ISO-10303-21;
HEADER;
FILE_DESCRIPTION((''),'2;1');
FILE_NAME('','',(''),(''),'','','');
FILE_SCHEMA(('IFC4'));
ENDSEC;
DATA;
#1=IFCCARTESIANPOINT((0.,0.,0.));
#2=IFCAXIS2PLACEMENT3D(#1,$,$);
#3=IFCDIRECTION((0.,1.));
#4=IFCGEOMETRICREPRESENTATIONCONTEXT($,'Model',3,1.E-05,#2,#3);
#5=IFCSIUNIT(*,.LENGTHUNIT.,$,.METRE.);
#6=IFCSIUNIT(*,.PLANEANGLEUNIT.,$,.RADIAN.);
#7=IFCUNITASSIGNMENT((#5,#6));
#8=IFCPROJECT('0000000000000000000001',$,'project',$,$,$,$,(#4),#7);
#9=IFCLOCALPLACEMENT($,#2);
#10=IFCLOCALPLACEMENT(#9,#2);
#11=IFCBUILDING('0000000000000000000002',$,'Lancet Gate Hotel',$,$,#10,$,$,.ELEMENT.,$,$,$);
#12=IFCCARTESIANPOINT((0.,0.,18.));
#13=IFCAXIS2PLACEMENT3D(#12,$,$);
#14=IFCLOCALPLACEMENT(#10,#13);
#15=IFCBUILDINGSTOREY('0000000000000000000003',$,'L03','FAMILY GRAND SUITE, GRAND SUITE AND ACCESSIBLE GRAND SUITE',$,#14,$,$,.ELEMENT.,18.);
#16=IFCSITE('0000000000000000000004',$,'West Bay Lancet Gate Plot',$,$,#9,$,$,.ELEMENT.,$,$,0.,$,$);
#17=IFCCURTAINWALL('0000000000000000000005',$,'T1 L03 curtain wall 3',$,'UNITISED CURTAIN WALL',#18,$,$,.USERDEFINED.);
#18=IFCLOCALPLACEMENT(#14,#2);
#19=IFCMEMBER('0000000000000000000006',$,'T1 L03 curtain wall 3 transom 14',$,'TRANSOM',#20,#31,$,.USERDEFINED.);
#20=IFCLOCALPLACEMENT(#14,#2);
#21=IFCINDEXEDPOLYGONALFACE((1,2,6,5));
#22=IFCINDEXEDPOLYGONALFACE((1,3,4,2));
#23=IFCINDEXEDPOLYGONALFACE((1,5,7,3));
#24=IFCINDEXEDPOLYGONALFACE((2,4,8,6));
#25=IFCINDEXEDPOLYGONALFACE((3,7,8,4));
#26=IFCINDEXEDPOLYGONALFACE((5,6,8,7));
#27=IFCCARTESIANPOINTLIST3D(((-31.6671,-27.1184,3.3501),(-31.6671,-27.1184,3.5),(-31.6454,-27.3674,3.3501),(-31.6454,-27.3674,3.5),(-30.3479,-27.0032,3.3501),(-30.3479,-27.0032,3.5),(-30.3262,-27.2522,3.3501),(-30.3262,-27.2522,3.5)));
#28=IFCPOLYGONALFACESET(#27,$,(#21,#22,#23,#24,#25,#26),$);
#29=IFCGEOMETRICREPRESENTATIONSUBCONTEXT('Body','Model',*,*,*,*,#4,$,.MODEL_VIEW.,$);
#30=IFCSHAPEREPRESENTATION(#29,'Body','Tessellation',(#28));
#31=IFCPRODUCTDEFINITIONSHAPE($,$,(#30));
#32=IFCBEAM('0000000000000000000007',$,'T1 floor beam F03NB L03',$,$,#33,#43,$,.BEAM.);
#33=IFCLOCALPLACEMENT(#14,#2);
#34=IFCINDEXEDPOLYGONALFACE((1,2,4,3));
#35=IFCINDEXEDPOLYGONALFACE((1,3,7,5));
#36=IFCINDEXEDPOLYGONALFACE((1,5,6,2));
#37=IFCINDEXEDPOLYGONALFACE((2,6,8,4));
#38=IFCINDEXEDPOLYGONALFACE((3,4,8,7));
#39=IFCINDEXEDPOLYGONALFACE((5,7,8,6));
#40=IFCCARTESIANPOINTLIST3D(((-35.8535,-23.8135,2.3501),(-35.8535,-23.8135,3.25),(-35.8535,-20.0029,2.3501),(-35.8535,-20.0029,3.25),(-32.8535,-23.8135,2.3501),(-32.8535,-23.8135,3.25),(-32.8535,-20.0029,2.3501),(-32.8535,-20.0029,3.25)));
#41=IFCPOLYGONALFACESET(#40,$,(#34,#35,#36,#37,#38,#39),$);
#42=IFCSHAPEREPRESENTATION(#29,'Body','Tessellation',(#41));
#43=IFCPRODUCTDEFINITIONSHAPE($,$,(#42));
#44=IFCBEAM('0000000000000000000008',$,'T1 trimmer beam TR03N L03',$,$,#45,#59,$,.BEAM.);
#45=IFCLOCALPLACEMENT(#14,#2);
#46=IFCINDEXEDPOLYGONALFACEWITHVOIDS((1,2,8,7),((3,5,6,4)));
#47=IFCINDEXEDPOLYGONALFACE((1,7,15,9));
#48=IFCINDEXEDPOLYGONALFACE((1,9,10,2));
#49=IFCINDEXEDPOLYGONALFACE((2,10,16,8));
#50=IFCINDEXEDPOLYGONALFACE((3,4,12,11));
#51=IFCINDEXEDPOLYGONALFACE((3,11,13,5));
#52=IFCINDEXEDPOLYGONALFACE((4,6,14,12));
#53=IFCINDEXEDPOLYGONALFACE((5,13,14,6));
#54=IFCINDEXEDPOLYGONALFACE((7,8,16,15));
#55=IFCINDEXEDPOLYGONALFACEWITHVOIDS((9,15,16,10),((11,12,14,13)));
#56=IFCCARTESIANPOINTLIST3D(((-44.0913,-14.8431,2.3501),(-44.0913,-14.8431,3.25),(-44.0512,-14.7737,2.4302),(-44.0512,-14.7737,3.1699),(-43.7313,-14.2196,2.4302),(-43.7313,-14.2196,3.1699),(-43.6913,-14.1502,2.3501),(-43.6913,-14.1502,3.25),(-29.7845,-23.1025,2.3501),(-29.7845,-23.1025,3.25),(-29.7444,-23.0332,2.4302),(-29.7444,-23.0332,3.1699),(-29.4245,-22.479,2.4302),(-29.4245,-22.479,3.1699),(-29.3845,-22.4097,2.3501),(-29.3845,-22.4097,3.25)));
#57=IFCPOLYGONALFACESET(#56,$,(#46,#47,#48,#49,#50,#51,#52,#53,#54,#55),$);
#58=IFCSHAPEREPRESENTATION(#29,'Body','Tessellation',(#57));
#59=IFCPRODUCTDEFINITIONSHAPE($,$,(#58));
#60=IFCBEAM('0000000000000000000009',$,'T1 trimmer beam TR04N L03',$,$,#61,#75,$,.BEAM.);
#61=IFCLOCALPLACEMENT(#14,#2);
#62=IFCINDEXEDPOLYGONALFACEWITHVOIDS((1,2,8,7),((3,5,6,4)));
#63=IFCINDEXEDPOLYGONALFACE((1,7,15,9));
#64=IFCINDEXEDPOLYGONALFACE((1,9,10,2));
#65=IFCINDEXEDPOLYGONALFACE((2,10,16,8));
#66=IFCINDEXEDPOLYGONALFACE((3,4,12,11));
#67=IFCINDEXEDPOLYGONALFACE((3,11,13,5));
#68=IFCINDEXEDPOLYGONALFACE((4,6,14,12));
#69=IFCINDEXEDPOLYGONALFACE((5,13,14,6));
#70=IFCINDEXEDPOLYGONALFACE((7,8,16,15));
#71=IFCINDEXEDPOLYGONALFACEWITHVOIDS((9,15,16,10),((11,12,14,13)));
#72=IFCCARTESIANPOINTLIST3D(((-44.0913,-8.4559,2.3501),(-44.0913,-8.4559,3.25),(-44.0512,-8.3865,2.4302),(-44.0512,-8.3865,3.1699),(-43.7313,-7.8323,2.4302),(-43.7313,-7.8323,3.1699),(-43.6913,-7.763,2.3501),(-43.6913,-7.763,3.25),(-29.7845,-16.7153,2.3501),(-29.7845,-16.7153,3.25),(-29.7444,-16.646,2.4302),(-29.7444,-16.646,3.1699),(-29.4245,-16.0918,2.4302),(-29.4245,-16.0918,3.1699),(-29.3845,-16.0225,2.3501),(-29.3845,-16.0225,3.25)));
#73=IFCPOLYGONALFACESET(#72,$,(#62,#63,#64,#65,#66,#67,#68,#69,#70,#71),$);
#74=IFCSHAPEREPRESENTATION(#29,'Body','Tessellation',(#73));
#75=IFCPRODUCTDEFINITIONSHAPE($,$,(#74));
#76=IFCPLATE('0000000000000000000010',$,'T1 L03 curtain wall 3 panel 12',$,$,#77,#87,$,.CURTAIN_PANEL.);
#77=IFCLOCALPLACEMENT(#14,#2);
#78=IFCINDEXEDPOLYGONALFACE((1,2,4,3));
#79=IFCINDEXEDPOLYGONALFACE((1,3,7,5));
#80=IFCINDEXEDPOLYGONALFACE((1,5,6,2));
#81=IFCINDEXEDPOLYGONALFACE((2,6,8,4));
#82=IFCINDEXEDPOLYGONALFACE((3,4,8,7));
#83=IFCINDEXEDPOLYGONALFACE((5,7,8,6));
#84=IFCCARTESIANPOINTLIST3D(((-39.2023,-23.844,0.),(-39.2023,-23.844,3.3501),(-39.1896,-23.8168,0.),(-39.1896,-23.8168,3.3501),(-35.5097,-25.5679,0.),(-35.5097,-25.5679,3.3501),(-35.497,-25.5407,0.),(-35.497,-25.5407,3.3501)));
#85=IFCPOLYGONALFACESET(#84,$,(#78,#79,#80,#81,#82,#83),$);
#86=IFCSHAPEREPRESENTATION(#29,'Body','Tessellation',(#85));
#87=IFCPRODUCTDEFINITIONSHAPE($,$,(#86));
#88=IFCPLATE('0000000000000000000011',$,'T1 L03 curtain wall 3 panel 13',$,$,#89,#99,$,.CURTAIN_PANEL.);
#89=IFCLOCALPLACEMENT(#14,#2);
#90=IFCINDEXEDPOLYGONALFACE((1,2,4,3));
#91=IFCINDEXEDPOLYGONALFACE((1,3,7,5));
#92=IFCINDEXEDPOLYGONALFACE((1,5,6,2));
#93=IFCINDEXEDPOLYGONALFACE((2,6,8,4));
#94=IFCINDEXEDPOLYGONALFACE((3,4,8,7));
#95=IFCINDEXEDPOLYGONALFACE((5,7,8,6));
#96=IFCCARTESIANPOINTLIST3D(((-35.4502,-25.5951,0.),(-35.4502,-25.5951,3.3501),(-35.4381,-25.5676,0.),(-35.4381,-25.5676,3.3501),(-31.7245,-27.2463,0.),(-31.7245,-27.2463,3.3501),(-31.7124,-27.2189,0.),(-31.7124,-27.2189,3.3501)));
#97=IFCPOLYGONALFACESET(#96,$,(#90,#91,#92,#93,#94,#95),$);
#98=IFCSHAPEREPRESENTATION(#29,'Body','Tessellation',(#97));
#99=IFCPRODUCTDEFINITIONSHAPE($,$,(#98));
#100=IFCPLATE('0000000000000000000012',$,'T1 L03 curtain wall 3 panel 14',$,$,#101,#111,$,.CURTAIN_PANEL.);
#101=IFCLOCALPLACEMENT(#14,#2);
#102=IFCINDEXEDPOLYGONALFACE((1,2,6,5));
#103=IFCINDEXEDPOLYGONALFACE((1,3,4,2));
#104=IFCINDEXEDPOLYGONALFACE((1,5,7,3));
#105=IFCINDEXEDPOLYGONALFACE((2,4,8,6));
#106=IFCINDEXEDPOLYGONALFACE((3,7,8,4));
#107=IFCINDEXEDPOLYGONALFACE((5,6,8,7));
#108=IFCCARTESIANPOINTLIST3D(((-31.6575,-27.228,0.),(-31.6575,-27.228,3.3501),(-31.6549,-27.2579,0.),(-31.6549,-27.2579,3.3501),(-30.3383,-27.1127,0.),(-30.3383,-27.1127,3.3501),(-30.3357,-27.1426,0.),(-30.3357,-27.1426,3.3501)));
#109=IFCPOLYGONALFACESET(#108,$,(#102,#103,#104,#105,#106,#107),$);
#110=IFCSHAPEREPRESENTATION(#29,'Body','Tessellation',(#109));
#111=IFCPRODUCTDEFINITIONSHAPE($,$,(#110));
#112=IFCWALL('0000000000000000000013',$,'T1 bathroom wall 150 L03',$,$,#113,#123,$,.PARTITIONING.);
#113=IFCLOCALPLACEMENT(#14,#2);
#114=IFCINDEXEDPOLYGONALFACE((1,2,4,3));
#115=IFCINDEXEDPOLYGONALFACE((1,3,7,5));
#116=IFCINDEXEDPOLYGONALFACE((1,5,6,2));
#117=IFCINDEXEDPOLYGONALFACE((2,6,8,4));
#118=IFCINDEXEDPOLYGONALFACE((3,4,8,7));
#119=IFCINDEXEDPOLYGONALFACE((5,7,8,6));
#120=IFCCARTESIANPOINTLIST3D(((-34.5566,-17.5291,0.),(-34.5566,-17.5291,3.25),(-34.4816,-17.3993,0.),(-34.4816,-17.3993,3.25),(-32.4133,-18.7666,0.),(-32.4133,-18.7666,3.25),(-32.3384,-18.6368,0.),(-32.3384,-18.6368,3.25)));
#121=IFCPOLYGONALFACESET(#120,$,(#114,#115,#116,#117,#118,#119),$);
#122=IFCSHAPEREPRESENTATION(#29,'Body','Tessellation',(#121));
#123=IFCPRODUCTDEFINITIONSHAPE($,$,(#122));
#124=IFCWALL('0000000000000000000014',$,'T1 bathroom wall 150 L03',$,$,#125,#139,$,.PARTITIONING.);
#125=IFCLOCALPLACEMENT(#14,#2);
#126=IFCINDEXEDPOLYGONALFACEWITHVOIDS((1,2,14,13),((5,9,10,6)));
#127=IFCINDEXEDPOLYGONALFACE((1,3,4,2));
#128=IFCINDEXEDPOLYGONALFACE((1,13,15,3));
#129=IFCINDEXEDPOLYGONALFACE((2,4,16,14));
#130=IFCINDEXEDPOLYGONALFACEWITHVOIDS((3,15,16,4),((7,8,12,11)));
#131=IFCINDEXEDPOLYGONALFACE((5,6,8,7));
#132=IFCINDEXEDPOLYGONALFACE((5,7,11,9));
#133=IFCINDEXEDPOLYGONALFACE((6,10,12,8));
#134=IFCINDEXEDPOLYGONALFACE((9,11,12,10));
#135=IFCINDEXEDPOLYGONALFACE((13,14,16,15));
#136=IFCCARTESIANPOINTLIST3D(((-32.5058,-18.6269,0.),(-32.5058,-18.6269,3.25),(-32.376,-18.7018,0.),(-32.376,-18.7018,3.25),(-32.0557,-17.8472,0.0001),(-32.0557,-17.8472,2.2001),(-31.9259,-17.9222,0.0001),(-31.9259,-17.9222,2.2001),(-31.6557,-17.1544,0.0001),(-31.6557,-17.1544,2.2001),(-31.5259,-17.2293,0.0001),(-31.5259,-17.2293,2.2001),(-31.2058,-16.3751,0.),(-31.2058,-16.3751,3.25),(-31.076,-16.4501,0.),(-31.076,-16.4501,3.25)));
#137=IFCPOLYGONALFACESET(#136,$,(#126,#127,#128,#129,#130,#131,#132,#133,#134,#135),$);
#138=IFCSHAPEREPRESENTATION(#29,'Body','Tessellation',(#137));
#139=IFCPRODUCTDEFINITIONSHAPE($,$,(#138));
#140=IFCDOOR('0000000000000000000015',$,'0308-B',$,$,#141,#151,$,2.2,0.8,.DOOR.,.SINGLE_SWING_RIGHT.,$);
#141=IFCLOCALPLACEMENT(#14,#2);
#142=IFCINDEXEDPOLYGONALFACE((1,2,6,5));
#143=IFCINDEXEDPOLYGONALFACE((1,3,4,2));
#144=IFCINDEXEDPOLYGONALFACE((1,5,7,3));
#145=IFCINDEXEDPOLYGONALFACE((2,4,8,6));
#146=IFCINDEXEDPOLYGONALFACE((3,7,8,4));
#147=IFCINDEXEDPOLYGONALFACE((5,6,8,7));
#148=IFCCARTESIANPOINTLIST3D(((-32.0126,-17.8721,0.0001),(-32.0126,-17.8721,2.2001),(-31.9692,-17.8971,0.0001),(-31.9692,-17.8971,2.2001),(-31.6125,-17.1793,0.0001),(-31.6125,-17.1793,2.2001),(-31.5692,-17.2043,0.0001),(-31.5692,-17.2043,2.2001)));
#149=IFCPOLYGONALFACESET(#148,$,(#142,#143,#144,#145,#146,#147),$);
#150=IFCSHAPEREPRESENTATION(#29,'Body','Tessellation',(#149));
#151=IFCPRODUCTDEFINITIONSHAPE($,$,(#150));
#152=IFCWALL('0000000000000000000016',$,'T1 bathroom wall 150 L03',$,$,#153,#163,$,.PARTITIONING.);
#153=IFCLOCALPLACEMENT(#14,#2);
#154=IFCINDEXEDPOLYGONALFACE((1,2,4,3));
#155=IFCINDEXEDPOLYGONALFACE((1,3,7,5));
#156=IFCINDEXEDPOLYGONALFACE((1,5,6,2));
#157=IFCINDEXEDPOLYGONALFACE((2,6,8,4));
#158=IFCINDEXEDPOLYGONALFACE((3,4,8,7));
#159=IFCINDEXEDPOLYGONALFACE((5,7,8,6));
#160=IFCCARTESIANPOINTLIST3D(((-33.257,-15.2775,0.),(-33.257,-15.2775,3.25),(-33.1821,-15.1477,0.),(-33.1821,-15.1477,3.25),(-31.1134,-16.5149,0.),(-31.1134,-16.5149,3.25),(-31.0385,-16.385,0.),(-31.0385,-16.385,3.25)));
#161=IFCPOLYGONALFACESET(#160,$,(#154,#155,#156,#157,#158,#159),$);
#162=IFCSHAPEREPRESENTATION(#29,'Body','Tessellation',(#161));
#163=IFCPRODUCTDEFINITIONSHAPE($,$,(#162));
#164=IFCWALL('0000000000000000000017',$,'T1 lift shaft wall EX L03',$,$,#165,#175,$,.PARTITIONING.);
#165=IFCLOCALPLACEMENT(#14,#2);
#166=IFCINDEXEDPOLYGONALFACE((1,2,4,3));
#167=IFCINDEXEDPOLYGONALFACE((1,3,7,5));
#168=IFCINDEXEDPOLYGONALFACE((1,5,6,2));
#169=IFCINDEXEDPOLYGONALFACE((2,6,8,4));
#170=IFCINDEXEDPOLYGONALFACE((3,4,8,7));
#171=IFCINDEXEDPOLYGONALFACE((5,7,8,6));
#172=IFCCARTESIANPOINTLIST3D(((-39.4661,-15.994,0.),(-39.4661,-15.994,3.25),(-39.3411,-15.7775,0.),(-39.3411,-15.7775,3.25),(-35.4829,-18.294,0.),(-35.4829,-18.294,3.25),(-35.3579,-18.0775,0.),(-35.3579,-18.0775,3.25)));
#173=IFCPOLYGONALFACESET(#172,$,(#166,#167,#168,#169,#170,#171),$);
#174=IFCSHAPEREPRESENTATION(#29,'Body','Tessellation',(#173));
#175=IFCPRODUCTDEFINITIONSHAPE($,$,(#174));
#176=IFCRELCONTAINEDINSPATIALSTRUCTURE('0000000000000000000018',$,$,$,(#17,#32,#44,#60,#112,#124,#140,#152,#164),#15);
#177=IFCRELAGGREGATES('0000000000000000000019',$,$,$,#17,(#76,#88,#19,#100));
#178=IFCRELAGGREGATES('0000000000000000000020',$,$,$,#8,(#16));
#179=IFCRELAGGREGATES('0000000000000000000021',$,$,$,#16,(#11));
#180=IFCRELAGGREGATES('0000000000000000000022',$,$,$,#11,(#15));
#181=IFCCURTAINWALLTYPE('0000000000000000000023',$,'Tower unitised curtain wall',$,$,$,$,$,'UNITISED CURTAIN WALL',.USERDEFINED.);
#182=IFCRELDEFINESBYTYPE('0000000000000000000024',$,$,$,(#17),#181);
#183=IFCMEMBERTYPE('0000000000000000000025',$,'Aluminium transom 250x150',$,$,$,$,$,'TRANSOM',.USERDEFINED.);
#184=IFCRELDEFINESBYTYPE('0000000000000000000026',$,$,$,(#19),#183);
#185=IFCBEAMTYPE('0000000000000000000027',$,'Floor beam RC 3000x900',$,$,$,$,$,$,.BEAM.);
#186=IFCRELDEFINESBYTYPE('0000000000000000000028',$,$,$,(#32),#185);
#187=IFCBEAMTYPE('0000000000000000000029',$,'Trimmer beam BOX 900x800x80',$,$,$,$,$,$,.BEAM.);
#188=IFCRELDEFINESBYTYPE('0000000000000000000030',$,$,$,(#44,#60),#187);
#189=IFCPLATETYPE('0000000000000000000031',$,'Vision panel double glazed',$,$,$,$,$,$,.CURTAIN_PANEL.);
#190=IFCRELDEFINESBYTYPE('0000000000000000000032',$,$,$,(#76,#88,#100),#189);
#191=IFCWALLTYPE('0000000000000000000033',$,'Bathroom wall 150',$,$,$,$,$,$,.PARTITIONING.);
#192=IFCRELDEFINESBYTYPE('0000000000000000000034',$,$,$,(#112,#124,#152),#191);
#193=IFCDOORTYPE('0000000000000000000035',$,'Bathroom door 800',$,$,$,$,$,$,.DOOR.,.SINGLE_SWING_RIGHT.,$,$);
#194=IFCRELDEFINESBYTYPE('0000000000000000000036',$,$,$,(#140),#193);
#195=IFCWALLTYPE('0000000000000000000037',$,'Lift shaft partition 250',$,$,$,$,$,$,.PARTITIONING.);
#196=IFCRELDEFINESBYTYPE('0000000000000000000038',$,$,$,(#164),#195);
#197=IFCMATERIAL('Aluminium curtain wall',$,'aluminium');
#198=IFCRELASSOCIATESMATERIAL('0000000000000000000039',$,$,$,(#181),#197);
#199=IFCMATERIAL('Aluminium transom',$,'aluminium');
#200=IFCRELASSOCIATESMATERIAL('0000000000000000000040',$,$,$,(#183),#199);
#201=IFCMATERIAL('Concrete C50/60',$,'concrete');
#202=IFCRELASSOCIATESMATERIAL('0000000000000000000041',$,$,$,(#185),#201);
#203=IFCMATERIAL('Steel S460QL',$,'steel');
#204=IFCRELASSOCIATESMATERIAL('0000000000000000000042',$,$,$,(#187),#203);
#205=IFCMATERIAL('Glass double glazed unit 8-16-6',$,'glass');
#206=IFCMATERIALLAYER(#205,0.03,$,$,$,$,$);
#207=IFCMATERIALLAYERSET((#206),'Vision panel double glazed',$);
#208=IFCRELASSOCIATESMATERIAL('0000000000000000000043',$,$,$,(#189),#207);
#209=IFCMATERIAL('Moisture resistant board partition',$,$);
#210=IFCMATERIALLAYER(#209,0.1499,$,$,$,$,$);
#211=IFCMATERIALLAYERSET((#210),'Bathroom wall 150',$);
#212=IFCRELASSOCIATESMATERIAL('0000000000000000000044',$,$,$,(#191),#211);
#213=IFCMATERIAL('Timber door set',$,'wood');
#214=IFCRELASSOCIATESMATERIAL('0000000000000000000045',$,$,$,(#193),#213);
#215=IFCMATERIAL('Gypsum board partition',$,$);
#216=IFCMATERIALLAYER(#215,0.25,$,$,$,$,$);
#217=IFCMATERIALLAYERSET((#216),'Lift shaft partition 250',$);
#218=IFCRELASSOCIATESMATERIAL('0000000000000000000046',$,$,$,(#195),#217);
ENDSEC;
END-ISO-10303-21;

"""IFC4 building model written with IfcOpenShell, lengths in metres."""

from ifc_helpers import new_model, si_unit, direction, frame, frame_2d, origin, origin_2d, place, context, subcontext, project, spatial, rectangle, hollow_rectangle, extrude, material, layer, layer_set, material_profile, profile_set, type_object, element, fill, aggregate, save


model = new_model("IFC4")

# Units and contexts
model_context = context("Model", 3, precision=1e-05, world=origin(), true_north=direction((0.0, 1.0)))
body_context = subcontext(model_context, "Body", "Model", "MODEL_VIEW")
ifc_project = project(units=[si_unit("LENGTHUNIT", "METRE"), si_unit("PLANEANGLEUNIT", "RADIAN")], contexts=[model_context])

# Site, building, storey
site_placement = place(None, origin())
site = spatial("IfcSite", under=ifc_project, at=site_placement, Name="West Bay Lancet Gate Plot", CompositionType="ELEMENT", RefElevation=0.0)
building_placement = place(site_placement, origin())
building = spatial("IfcBuilding", under=site, at=building_placement, Name="Lancet Gate Hotel", CompositionType="ELEMENT")
storey_placement = place(building_placement, frame((0.0, 0.0, 18.0)))
storey = spatial("IfcBuildingStorey", under=building, at=storey_placement, Name="L03", Description="FAMILY GRAND SUITE, GRAND SUITE AND ACCESSIBLE GRAND SUITE", CompositionType="ELEMENT", Elevation=18.0)

# Curtain wall, member
ifc_material_1 = material(Name="Aluminium curtain wall", Category="aluminium")
curtain_wall_type = type_object("IfcCurtainWallType", Name="Tower unitised curtain wall", ElementType="UNITISED CURTAIN WALL", PredefinedType="USERDEFINED", material=ifc_material_1)
curtain_wall_placement = place(storey_placement, origin())
curtain_wall = element("IfcCurtainWall", 1, at=curtain_wall_placement, inside=storey, type_object=curtain_wall_type, Name="T1 L03 curtain wall 3", ObjectType="UNITISED CURTAIN WALL", PredefinedType="USERDEFINED")
ifc_material_2 = material(Name="Aluminium transom", Category="aluminium")
ifc_material_profile_1 = material_profile(ifc_material_2, rectangle(XDim=0.25, YDim=0.1499, at=origin_2d()), Name="TRANSOM 250x150")
ifc_profile_set_1 = profile_set([ifc_material_profile_1], Name="Aluminium transom")
member_type_1 = type_object("IfcMemberType", Name="Aluminium transom 250x150", ElementType="TRANSOM", PredefinedType="USERDEFINED", material=ifc_profile_set_1)
member_1_placement = place(storey_placement, frame((-31.6562, -27.2429, 3.425), z_axis=(0.996206, 0.087027, 0.0), x_axis=(-0.087027, 0.996206, 0.0)))
member_1 = element("IfcMember", 2, at=member_1_placement, type_object=member_type_1, Name="T1 L03 curtain wall 3 transom 14", ObjectType="TRANSOM", PredefinedType="USERDEFINED", context=body_context, shape_type="SweptSolid", body=[
    extrude(rectangle(XDim=0.25, YDim=0.1499, at=origin_2d()), origin(), (0.0, 0.0, 1.0), 1.3242),
])

# Beams
ifc_material_3 = material(Name="Concrete C50/60", Category="concrete")
ifc_material_profile_2 = material_profile(ifc_material_3, rectangle(XDim=3.0, YDim=0.8999, at=origin_2d()), Name="RC 3000x900")
ifc_profile_set_2 = profile_set([ifc_material_profile_2], Name="Concrete C50/60")
beam_type_1 = type_object("IfcBeamType", Name="Floor beam RC 3000x900", PredefinedType="BEAM", material=ifc_profile_set_2)
beam_placement = place(storey_placement, frame((-34.3535, -20.0029, 2.8), z_axis=(0.0, -1.0, 0.0), x_axis=(1.0, 0.0, 0.0)))
element("IfcBeam", 3, at=beam_placement, inside=storey, type_object=beam_type_1, Name="T1 floor beam F03NB L03", PredefinedType="BEAM", context=body_context, shape_type="SweptSolid", body=[
    extrude(rectangle(XDim=3.0, YDim=0.8999, at=origin_2d()), origin(), (0.0, 0.0, 1.0), 3.8105),
])
ifc_material_4 = material(Name="Steel S460QL", Category="steel")
ifc_material_profile_3 = material_profile(ifc_material_4, hollow_rectangle(XDim=0.8, YDim=0.8999, WallThickness=0.0801, at=origin_2d()), Name="BOX 900x800x80")
ifc_profile_set_3 = profile_set([ifc_material_profile_3], Name="Steel S460QL")
beam_type_2 = type_object("IfcBeamType", Name="Trimmer beam BOX 900x800x80", PredefinedType="BEAM", material=ifc_profile_set_3)
for number, where, z_axis, x_axis, name in (
    (4, (-29.5845, -22.7561, 2.8), (-0.86604, 0.499974, 0.0), (-0.499974, -0.86604, 0.0), "T1 trimmer beam TR03N L03"),
    (5, (-29.5845, -16.3689, 2.8), (-0.86604, 0.499974, 0.0), (-0.499974, -0.86604, 0.0), "T1 trimmer beam TR04N L03"),
):
    element("IfcBeam", number, at=place(storey_placement, frame(where, z_axis=z_axis, x_axis=x_axis)), inside=storey, type_object=beam_type_2, Name=name, PredefinedType="BEAM", context=body_context, shape_type="SweptSolid", body=[
        extrude(hollow_rectangle(XDim=0.8, YDim=0.8999, WallThickness=0.0801, at=origin_2d()), origin(), (0.0, 0.0, 1.0), 16.5198),
    ])

# Plates
ifc_material_5 = material(Name="Glass double glazed unit 8-16-6", Category="glass")
ifc_layer_1 = layer(ifc_material_5, 0.03)
ifc_layer_set_1 = layer_set([ifc_layer_1], Name="Vision panel double glazed")
plate_type = type_object("IfcPlateType", Name="Vision panel double glazed", PredefinedType="CURTAIN_PANEL", material=ifc_layer_set_1)
plate_1_placement = place(storey_placement, frame((-37.3496, -24.6924, 0.0), z_axis=(0.0, 0.0, 1.0), x_axis=(0.906118, -0.423026, 0.0)))
plate_1 = element("IfcPlate", 6, at=plate_1_placement, type_object=plate_type, Name="T1 L03 curtain wall 3 panel 12", PredefinedType="CURTAIN_PANEL", context=body_context, shape_type="SweptSolid", body=[
    extrude(rectangle(XDim=4.0752, YDim=0.03, at=origin_2d()), origin(), (0.0, 0.0, 1.0), 3.3501),
])
plate_2_placement = place(storey_placement, frame((-33.5813, -26.407, 0.0), z_axis=(0.0, 0.0, 1.0), x_axis=(0.914234, -0.405186, 0.0)))
plate_2 = element("IfcPlate", 7, at=plate_2_placement, type_object=plate_type, Name="T1 L03 curtain wall 3 panel 13", PredefinedType="CURTAIN_PANEL", context=body_context, shape_type="SweptSolid", body=[
    extrude(rectangle(XDim=4.0752, YDim=0.03, at=origin_2d()), origin(), (0.0, 0.0, 1.0), 3.3501),
])
plate_3_placement = place(storey_placement, frame((-30.9966, -27.1853, 0.0), z_axis=(0.0, 0.0, 1.0), x_axis=(0.996204, 0.087052, 0.0)))
plate_3 = element("IfcPlate", 8, at=plate_3_placement, type_object=plate_type, Name="T1 L03 curtain wall 3 panel 14", PredefinedType="CURTAIN_PANEL", context=body_context, shape_type="SweptSolid", body=[
    extrude(rectangle(XDim=1.3242, YDim=0.03, at=origin_2d()), origin(), (0.0, 0.0, 1.0), 3.3501),
])
aggregate(curtain_wall, [plate_1, plate_2, member_1, plate_3])

# Wall
ifc_material_6 = material(Name="Moisture resistant board partition")
ifc_layer_2 = layer(ifc_material_6, 0.1499)
ifc_layer_set_2 = layer_set([ifc_layer_2], Name="Bathroom wall 150")
wall_type_1 = type_object("IfcWallType", Name="Bathroom wall 150", PredefinedType="PARTITIONING", material=ifc_layer_set_2)
wall_1_placement = place(storey_placement, frame((-32.376, -18.7017, 0.0), z_axis=(0.0, 0.0, 1.0), x_axis=(-0.866007, 0.500033, 0.0)))
element("IfcWall", 9, at=wall_1_placement, inside=storey, type_object=wall_type_1, Name="T1 bathroom wall 150 L03", PredefinedType="PARTITIONING", context=body_context, shape_type="SweptSolid", body=[
    extrude(rectangle(XDim=2.4749, YDim=0.1499, at=frame_2d((1.2373, 0.0))), origin(), (0.0, 0.0, 1.0), 3.25),
])

# Wall, opening, door
wall_2_placement = place(storey_placement, frame((-31.1409, -16.4126, 0.0), z_axis=(0.0, 0.0, 1.0), x_axis=(-0.500007, -0.866021, 0.0)))
wall_2 = element("IfcWall", 10, at=wall_2_placement, inside=storey, type_object=wall_type_1, Name="T1 bathroom wall 150 L03", PredefinedType="PARTITIONING", context=body_context, shape_type="SweptSolid", body=[
    extrude(rectangle(XDim=2.6001, YDim=0.1499, at=frame_2d((1.3, 0.0))), origin(), (0.0, 0.0, 1.0), 3.25),
])
opening_placement = place(wall_2_placement, frame((0.8999, 0.0, 0.0)))
opening = element("IfcOpeningElement", 11, at=opening_placement, cuts=wall_2, PredefinedType="OPENING", context=body_context, shape_type="SweptSolid", body=[
    extrude(rectangle(XDim=0.8, YDim=2.2, at=frame_2d((0.3999, 1.1001))), frame((0.0, 0.085, 0.0), z_axis=(0.0, -1.0, 0.0), x_axis=(1.0, 0.0, 0.0)), (0.0, 0.0, 1.0), 0.1699),
])
ifc_material_7 = material(Name="Timber door set", Category="wood")
door_type = type_object("IfcDoorType", Name="Bathroom door 800", OperationType="SINGLE_SWING_RIGHT", PredefinedType="DOOR", material=ifc_material_7)
door_placement = place(opening_placement, origin())
door = element("IfcDoor", 12, at=door_placement, inside=storey, type_object=door_type, Name="0308-B", OperationType="SINGLE_SWING_RIGHT", OverallHeight=2.2, OverallWidth=0.8, PredefinedType="DOOR", context=body_context, shape_type="SweptSolid", body=[
    extrude(rectangle(XDim=0.8, YDim=2.2, at=frame_2d((0.3999, 1.1001))), frame((0.0, 0.0249, 0.0), z_axis=(0.0, -1.0, 0.0), x_axis=(1.0, 0.0, 0.0)), (0.0, 0.0, 1.0), 0.05),
])
fill(opening, door)

# Walls
wall_3_placement = place(storey_placement, frame((-31.0759, -16.45, 0.0), z_axis=(0.0, 0.0, 1.0), x_axis=(-0.866074, 0.499916, 0.0)))
element("IfcWall", 13, at=wall_3_placement, inside=storey, type_object=wall_type_1, Name="T1 bathroom wall 150 L03", PredefinedType="PARTITIONING", context=body_context, shape_type="SweptSolid", body=[
    extrude(rectangle(XDim=2.4751, YDim=0.1499, at=frame_2d((1.2375, 0.0))), origin(), (0.0, 0.0, 1.0), 3.25),
])
ifc_material_8 = material(Name="Gypsum board partition")
ifc_layer_3 = layer(ifc_material_8, 0.25)
ifc_layer_set_3 = layer_set([ifc_layer_3], Name="Lift shaft partition 250")
wall_type_2 = type_object("IfcWallType", Name="Lift shaft partition 250", PredefinedType="PARTITIONING", material=ifc_layer_set_3)
wall_4_placement = place(storey_placement, frame((-35.4204, -18.1858, 0.0), z_axis=(0.0, 0.0, 1.0), x_axis=(-0.86599, 0.500061, 0.0)))
element("IfcWall", 14, at=wall_4_placement, inside=storey, type_object=wall_type_2, Name="T1 lift shaft wall EX L03", PredefinedType="PARTITIONING", context=body_context, shape_type="SweptSolid", body=[
    extrude(rectangle(XDim=4.5996, YDim=0.25, at=frame_2d((2.2998, 0.0))), origin(), (0.0, 0.0, 1.0), 3.25),
])

save(model, "model.ifc")
